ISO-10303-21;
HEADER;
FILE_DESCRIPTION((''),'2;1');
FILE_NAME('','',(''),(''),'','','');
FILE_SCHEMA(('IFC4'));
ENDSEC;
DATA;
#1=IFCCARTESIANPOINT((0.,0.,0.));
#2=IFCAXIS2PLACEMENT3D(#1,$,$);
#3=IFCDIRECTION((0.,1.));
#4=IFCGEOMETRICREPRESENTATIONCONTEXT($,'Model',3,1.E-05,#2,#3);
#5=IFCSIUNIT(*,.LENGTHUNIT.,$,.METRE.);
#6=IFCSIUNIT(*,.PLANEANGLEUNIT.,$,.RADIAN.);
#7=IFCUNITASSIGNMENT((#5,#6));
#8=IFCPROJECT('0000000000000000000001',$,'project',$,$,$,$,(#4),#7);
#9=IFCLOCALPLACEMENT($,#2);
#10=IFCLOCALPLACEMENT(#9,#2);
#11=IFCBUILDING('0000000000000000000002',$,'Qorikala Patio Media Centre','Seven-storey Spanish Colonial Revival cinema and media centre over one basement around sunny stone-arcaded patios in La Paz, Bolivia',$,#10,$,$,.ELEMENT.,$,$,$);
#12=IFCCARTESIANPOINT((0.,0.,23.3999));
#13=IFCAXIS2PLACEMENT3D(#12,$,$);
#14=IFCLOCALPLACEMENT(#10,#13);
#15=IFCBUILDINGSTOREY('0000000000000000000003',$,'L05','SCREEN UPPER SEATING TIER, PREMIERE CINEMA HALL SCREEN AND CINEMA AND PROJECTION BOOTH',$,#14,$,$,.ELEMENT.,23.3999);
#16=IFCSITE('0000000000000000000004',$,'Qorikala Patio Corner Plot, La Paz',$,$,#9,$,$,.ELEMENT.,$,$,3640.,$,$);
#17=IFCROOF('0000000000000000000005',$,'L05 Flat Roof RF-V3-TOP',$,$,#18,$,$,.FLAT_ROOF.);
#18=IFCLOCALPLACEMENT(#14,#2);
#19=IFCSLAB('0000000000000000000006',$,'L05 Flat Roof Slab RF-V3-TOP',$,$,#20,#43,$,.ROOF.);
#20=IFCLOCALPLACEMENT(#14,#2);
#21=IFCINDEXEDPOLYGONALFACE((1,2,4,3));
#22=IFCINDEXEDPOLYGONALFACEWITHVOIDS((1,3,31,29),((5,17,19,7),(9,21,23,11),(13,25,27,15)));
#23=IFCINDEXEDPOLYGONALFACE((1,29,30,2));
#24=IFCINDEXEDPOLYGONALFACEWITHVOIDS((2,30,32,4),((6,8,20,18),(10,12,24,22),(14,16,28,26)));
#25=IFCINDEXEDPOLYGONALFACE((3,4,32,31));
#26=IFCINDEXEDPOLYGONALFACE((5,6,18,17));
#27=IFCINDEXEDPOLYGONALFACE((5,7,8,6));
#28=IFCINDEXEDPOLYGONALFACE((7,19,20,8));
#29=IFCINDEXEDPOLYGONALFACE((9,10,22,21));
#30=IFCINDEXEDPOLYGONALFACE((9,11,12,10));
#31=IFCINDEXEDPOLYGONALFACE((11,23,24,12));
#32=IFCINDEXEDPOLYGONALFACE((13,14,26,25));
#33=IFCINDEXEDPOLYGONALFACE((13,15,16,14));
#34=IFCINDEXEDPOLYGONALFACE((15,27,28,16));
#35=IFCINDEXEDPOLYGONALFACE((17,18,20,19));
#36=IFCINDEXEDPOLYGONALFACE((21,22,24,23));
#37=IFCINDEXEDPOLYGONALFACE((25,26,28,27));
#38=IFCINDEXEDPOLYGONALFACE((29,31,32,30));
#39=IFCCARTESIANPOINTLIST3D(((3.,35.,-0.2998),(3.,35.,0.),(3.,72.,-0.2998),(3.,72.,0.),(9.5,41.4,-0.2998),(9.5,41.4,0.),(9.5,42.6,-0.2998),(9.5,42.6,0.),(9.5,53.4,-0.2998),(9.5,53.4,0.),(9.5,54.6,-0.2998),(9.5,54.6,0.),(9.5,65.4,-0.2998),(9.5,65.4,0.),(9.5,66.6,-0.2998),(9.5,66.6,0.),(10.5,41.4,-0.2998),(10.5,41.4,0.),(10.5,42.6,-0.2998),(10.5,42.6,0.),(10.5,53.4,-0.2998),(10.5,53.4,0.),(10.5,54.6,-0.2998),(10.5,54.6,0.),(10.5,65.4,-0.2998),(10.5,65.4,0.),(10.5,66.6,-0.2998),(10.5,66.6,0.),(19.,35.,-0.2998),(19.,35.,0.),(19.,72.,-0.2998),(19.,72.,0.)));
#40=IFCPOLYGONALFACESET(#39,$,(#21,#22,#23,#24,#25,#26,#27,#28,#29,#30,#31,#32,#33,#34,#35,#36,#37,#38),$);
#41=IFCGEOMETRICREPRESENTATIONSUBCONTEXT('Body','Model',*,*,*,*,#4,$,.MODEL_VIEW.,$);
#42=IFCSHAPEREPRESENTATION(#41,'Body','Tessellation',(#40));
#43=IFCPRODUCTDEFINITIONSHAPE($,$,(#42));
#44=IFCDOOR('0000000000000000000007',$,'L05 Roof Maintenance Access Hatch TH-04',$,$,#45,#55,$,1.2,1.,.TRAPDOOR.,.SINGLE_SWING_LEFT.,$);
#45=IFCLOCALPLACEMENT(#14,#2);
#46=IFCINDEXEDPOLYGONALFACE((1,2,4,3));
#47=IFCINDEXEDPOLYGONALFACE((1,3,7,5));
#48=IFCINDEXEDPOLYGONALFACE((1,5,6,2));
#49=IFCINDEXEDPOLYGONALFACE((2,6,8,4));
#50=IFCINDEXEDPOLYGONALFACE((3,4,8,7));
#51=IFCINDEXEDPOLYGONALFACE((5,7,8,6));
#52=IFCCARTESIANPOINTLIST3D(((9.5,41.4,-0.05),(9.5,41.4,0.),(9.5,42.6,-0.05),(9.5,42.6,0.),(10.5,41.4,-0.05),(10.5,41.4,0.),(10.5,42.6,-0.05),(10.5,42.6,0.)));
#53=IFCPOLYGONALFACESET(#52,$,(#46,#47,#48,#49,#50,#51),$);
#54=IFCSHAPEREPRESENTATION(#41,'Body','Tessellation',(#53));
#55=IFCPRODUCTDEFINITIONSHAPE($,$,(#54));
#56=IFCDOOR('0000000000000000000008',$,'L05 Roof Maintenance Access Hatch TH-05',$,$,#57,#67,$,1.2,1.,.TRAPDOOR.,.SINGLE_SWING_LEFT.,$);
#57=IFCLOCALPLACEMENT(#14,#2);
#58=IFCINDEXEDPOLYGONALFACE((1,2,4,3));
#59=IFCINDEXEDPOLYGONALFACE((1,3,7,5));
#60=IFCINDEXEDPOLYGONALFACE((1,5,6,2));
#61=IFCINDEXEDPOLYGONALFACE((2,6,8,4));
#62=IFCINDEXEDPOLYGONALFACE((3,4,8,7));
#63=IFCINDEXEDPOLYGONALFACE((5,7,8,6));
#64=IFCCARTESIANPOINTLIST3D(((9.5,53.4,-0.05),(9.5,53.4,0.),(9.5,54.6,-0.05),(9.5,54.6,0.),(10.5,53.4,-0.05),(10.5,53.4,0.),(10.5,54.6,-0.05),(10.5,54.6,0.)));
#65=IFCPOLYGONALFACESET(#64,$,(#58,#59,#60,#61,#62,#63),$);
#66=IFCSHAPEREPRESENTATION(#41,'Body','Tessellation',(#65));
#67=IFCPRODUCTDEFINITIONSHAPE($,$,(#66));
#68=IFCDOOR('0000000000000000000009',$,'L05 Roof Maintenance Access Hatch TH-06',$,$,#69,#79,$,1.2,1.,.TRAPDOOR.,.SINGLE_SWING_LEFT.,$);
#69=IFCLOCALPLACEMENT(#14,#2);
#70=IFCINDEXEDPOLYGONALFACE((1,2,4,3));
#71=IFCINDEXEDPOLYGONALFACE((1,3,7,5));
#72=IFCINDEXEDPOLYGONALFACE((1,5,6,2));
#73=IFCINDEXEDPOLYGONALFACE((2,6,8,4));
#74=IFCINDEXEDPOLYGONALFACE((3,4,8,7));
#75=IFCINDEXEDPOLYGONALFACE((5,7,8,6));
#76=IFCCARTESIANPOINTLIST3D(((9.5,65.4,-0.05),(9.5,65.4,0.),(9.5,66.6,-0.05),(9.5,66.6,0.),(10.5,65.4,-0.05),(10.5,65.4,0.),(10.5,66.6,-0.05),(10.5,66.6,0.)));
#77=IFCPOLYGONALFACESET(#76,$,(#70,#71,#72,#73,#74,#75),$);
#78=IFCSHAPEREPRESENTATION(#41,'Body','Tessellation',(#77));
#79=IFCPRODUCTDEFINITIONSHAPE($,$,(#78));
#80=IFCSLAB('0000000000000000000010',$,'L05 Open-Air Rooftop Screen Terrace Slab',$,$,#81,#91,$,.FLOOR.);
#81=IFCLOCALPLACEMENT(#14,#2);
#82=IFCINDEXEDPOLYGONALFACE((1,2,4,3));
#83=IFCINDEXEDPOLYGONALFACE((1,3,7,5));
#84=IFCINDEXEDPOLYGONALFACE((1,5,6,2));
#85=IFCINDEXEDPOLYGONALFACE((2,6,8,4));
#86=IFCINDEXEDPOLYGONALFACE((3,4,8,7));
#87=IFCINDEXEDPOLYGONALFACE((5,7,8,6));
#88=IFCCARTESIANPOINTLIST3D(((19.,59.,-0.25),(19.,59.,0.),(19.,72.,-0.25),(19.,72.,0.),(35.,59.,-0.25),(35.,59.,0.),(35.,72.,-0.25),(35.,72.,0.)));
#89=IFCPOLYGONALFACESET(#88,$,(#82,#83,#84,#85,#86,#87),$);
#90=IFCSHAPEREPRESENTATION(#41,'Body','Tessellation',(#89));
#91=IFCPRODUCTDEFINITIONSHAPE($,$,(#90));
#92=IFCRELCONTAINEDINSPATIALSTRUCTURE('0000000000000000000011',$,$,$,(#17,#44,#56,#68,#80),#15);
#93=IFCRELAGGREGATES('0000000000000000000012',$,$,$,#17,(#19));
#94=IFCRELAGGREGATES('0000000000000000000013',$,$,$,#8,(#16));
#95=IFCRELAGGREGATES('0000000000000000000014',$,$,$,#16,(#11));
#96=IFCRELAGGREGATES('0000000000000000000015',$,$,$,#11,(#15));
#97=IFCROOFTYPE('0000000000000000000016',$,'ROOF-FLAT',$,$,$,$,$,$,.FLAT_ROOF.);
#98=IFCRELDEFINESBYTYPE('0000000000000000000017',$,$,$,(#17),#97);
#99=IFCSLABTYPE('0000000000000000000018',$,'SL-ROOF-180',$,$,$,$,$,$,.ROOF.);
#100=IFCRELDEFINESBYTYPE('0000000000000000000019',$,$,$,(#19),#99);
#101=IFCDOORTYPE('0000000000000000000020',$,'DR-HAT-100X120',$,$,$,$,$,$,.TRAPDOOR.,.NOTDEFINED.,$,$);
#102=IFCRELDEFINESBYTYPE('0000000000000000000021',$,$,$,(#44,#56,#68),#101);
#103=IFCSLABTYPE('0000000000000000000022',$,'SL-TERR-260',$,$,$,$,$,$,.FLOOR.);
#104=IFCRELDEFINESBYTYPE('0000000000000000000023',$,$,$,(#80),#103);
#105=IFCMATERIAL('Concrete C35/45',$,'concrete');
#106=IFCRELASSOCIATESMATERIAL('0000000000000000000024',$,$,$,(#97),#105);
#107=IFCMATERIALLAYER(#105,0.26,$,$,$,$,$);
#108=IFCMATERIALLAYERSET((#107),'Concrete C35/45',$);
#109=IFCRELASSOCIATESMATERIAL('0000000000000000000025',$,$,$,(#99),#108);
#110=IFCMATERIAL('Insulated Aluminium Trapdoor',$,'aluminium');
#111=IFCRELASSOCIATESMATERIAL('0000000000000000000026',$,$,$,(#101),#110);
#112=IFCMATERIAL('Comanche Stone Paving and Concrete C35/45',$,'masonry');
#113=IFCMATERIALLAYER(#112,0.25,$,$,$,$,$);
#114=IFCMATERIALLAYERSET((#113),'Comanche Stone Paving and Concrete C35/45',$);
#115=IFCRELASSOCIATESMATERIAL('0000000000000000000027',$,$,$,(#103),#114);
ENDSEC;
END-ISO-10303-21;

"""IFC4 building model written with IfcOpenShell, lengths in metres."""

from ifc_helpers import new_model, si_unit, direction, frame, origin, origin_2d, place, context, subcontext, project, spatial, polyline, rectangle, outline, extrude, material, layer, layer_set, type_object, element, fill, aggregate, save


model = new_model("IFC4")

# Units and contexts
model_context = context("Model", 3, precision=1e-05, world=origin(), true_north=direction((0.0, 1.0)))
body_context = subcontext(model_context, "Body", "Model", "MODEL_VIEW")
ifc_project = project(units=[si_unit("LENGTHUNIT", "METRE"), si_unit("PLANEANGLEUNIT", "RADIAN")], contexts=[model_context])

# Site, building, storey
site_placement = place(None, origin())
site = spatial("IfcSite", under=ifc_project, at=site_placement, Name="Qorikala Patio Corner Plot, La Paz", CompositionType="ELEMENT", RefElevation=3640.0)
building_placement = place(site_placement, origin())
building = spatial("IfcBuilding", under=site, at=building_placement, Name="Qorikala Patio Media Centre", Description="Seven-storey Spanish Colonial Revival cinema and media centre over one basement around sunny stone-arcaded patios in La Paz, Bolivia", CompositionType="ELEMENT")
storey_placement = place(building_placement, frame((0.0, 0.0, 23.3999)))
storey = spatial("IfcBuildingStorey", under=building, at=storey_placement, Name="L05", Description="SCREEN UPPER SEATING TIER, PREMIERE CINEMA HALL SCREEN AND CINEMA AND PROJECTION BOOTH", CompositionType="ELEMENT", Elevation=23.3999)

# Shared definitions
ifc_material_1 = material(Name="Concrete C35/45", Category="concrete")

# Shared definitions
roof_type = type_object("IfcRoofType", Name="ROOF-FLAT", PredefinedType="FLAT_ROOF", material=ifc_material_1)
ifc_layer_1 = layer(ifc_material_1, 0.26)
ifc_layer_set_1 = layer_set([ifc_layer_1], Name="Concrete C35/45")
slab_type_1 = type_object("IfcSlabType", Name="SL-ROOF-180", PredefinedType="ROOF", material=ifc_layer_set_1)
ifc_material_2 = material(Name="Insulated Aluminium Trapdoor", Category="aluminium")
door_type = type_object("IfcDoorType", Name="DR-HAT-100X120", OperationType="NOTDEFINED", PredefinedType="TRAPDOOR", material=ifc_material_2)

# Roof, slab, openings, doors
roof_1_placement = place(storey_placement, origin())
roof_1 = element("IfcRoof", 1, at=roof_1_placement, inside=storey, type_object=roof_type, Name="L05 Flat Roof RF-V3-TOP", PredefinedType="FLAT_ROOF")
slab_1_placement = place(storey_placement, frame((0.0, 0.0, -0.2998)))
slab_1 = element("IfcSlab", 2, at=slab_1_placement, type_object=slab_type_1, Name="L05 Flat Roof Slab RF-V3-TOP", PredefinedType="ROOF", context=body_context, shape_type="SweptSolid", body=[
    extrude(outline(polyline([(3.0, 35.0), (19.0, 35.0), (19.0, 72.0), (3.0, 72.0), (3.0, 35.0)])), origin(), (0.0, 0.0, 1.0), 0.2998),
])
opening_1_placement = place(slab_1_placement, frame((10.0, 42.0, 0.0)))
opening_1 = element("IfcOpeningElement", 3, at=opening_1_placement, cuts=slab_1, PredefinedType="OPENING", context=body_context, shape_type="SweptSolid", body=[
    extrude(rectangle(XDim=1.0, YDim=1.2, at=origin_2d()), frame((0.0, 0.0, -0.01)), (0.0, 0.0, 1.0), 0.3198),
])
opening_2_placement = place(slab_1_placement, frame((10.0, 54.0, 0.0)))
opening_2 = element("IfcOpeningElement", 4, at=opening_2_placement, cuts=slab_1, PredefinedType="OPENING", context=body_context, shape_type="SweptSolid", body=[
    extrude(rectangle(XDim=1.0, YDim=1.2, at=origin_2d()), frame((0.0, 0.0, -0.01)), (0.0, 0.0, 1.0), 0.3198),
])
opening_3_placement = place(slab_1_placement, frame((10.0, 66.0, 0.0)))
opening_3 = element("IfcOpeningElement", 5, at=opening_3_placement, cuts=slab_1, PredefinedType="OPENING", context=body_context, shape_type="SweptSolid", body=[
    extrude(rectangle(XDim=1.0, YDim=1.2, at=origin_2d()), frame((0.0, 0.0, -0.01)), (0.0, 0.0, 1.0), 0.3198),
])
door_1_placement = place(opening_1_placement, frame((0.0, 0.0, 0.2498)))
door_1 = element("IfcDoor", 6, at=door_1_placement, inside=storey, type_object=door_type, Name="L05 Roof Maintenance Access Hatch TH-04", OperationType="SINGLE_SWING_LEFT", OverallHeight=1.2, OverallWidth=1.0, PredefinedType="TRAPDOOR", context=body_context, shape_type="SweptSolid", body=[
    extrude(rectangle(XDim=1.0, YDim=1.2, at=origin_2d()), origin(), (0.0, 0.0, 1.0), 0.05),
])
fill(opening_1, door_1)
door_2_placement = place(opening_2_placement, frame((0.0, 0.0, 0.2498)))
door_2 = element("IfcDoor", 7, at=door_2_placement, inside=storey, type_object=door_type, Name="L05 Roof Maintenance Access Hatch TH-05", OperationType="SINGLE_SWING_LEFT", OverallHeight=1.2, OverallWidth=1.0, PredefinedType="TRAPDOOR", context=body_context, shape_type="SweptSolid", body=[
    extrude(rectangle(XDim=1.0, YDim=1.2, at=origin_2d()), origin(), (0.0, 0.0, 1.0), 0.05),
])
fill(opening_2, door_2)
door_3_placement = place(opening_3_placement, frame((0.0, 0.0, 0.2498)))
door_3 = element("IfcDoor", 8, at=door_3_placement, inside=storey, type_object=door_type, Name="L05 Roof Maintenance Access Hatch TH-06", OperationType="SINGLE_SWING_LEFT", OverallHeight=1.2, OverallWidth=1.0, PredefinedType="TRAPDOOR", context=body_context, shape_type="SweptSolid", body=[
    extrude(rectangle(XDim=1.0, YDim=1.2, at=origin_2d()), origin(), (0.0, 0.0, 1.0), 0.05),
])
fill(opening_3, door_3)
aggregate(roof_1, [slab_1])

# Slab
ifc_material_3 = material(Name="Comanche Stone Paving and Concrete C35/45", Category="masonry")
ifc_layer_2 = layer(ifc_material_3, 0.25)
ifc_layer_set_2 = layer_set([ifc_layer_2], Name="Comanche Stone Paving and Concrete C35/45")
slab_type_2 = type_object("IfcSlabType", Name="SL-TERR-260", PredefinedType="FLOOR", material=ifc_layer_set_2)
slab_2_placement = place(storey_placement, frame((0.0, 0.0, -0.25)))
element("IfcSlab", 9, at=slab_2_placement, inside=storey, type_object=slab_type_2, Name="L05 Open-Air Rooftop Screen Terrace Slab", PredefinedType="FLOOR", context=body_context, shape_type="SweptSolid", body=[
    extrude(outline(polyline([(19.0, 59.0), (35.0, 59.0), (35.0, 72.0), (19.0, 72.0), (19.0, 59.0)])), origin(), (0.0, 0.0, 1.0), 0.25),
])

save(model, "model.ifc")
